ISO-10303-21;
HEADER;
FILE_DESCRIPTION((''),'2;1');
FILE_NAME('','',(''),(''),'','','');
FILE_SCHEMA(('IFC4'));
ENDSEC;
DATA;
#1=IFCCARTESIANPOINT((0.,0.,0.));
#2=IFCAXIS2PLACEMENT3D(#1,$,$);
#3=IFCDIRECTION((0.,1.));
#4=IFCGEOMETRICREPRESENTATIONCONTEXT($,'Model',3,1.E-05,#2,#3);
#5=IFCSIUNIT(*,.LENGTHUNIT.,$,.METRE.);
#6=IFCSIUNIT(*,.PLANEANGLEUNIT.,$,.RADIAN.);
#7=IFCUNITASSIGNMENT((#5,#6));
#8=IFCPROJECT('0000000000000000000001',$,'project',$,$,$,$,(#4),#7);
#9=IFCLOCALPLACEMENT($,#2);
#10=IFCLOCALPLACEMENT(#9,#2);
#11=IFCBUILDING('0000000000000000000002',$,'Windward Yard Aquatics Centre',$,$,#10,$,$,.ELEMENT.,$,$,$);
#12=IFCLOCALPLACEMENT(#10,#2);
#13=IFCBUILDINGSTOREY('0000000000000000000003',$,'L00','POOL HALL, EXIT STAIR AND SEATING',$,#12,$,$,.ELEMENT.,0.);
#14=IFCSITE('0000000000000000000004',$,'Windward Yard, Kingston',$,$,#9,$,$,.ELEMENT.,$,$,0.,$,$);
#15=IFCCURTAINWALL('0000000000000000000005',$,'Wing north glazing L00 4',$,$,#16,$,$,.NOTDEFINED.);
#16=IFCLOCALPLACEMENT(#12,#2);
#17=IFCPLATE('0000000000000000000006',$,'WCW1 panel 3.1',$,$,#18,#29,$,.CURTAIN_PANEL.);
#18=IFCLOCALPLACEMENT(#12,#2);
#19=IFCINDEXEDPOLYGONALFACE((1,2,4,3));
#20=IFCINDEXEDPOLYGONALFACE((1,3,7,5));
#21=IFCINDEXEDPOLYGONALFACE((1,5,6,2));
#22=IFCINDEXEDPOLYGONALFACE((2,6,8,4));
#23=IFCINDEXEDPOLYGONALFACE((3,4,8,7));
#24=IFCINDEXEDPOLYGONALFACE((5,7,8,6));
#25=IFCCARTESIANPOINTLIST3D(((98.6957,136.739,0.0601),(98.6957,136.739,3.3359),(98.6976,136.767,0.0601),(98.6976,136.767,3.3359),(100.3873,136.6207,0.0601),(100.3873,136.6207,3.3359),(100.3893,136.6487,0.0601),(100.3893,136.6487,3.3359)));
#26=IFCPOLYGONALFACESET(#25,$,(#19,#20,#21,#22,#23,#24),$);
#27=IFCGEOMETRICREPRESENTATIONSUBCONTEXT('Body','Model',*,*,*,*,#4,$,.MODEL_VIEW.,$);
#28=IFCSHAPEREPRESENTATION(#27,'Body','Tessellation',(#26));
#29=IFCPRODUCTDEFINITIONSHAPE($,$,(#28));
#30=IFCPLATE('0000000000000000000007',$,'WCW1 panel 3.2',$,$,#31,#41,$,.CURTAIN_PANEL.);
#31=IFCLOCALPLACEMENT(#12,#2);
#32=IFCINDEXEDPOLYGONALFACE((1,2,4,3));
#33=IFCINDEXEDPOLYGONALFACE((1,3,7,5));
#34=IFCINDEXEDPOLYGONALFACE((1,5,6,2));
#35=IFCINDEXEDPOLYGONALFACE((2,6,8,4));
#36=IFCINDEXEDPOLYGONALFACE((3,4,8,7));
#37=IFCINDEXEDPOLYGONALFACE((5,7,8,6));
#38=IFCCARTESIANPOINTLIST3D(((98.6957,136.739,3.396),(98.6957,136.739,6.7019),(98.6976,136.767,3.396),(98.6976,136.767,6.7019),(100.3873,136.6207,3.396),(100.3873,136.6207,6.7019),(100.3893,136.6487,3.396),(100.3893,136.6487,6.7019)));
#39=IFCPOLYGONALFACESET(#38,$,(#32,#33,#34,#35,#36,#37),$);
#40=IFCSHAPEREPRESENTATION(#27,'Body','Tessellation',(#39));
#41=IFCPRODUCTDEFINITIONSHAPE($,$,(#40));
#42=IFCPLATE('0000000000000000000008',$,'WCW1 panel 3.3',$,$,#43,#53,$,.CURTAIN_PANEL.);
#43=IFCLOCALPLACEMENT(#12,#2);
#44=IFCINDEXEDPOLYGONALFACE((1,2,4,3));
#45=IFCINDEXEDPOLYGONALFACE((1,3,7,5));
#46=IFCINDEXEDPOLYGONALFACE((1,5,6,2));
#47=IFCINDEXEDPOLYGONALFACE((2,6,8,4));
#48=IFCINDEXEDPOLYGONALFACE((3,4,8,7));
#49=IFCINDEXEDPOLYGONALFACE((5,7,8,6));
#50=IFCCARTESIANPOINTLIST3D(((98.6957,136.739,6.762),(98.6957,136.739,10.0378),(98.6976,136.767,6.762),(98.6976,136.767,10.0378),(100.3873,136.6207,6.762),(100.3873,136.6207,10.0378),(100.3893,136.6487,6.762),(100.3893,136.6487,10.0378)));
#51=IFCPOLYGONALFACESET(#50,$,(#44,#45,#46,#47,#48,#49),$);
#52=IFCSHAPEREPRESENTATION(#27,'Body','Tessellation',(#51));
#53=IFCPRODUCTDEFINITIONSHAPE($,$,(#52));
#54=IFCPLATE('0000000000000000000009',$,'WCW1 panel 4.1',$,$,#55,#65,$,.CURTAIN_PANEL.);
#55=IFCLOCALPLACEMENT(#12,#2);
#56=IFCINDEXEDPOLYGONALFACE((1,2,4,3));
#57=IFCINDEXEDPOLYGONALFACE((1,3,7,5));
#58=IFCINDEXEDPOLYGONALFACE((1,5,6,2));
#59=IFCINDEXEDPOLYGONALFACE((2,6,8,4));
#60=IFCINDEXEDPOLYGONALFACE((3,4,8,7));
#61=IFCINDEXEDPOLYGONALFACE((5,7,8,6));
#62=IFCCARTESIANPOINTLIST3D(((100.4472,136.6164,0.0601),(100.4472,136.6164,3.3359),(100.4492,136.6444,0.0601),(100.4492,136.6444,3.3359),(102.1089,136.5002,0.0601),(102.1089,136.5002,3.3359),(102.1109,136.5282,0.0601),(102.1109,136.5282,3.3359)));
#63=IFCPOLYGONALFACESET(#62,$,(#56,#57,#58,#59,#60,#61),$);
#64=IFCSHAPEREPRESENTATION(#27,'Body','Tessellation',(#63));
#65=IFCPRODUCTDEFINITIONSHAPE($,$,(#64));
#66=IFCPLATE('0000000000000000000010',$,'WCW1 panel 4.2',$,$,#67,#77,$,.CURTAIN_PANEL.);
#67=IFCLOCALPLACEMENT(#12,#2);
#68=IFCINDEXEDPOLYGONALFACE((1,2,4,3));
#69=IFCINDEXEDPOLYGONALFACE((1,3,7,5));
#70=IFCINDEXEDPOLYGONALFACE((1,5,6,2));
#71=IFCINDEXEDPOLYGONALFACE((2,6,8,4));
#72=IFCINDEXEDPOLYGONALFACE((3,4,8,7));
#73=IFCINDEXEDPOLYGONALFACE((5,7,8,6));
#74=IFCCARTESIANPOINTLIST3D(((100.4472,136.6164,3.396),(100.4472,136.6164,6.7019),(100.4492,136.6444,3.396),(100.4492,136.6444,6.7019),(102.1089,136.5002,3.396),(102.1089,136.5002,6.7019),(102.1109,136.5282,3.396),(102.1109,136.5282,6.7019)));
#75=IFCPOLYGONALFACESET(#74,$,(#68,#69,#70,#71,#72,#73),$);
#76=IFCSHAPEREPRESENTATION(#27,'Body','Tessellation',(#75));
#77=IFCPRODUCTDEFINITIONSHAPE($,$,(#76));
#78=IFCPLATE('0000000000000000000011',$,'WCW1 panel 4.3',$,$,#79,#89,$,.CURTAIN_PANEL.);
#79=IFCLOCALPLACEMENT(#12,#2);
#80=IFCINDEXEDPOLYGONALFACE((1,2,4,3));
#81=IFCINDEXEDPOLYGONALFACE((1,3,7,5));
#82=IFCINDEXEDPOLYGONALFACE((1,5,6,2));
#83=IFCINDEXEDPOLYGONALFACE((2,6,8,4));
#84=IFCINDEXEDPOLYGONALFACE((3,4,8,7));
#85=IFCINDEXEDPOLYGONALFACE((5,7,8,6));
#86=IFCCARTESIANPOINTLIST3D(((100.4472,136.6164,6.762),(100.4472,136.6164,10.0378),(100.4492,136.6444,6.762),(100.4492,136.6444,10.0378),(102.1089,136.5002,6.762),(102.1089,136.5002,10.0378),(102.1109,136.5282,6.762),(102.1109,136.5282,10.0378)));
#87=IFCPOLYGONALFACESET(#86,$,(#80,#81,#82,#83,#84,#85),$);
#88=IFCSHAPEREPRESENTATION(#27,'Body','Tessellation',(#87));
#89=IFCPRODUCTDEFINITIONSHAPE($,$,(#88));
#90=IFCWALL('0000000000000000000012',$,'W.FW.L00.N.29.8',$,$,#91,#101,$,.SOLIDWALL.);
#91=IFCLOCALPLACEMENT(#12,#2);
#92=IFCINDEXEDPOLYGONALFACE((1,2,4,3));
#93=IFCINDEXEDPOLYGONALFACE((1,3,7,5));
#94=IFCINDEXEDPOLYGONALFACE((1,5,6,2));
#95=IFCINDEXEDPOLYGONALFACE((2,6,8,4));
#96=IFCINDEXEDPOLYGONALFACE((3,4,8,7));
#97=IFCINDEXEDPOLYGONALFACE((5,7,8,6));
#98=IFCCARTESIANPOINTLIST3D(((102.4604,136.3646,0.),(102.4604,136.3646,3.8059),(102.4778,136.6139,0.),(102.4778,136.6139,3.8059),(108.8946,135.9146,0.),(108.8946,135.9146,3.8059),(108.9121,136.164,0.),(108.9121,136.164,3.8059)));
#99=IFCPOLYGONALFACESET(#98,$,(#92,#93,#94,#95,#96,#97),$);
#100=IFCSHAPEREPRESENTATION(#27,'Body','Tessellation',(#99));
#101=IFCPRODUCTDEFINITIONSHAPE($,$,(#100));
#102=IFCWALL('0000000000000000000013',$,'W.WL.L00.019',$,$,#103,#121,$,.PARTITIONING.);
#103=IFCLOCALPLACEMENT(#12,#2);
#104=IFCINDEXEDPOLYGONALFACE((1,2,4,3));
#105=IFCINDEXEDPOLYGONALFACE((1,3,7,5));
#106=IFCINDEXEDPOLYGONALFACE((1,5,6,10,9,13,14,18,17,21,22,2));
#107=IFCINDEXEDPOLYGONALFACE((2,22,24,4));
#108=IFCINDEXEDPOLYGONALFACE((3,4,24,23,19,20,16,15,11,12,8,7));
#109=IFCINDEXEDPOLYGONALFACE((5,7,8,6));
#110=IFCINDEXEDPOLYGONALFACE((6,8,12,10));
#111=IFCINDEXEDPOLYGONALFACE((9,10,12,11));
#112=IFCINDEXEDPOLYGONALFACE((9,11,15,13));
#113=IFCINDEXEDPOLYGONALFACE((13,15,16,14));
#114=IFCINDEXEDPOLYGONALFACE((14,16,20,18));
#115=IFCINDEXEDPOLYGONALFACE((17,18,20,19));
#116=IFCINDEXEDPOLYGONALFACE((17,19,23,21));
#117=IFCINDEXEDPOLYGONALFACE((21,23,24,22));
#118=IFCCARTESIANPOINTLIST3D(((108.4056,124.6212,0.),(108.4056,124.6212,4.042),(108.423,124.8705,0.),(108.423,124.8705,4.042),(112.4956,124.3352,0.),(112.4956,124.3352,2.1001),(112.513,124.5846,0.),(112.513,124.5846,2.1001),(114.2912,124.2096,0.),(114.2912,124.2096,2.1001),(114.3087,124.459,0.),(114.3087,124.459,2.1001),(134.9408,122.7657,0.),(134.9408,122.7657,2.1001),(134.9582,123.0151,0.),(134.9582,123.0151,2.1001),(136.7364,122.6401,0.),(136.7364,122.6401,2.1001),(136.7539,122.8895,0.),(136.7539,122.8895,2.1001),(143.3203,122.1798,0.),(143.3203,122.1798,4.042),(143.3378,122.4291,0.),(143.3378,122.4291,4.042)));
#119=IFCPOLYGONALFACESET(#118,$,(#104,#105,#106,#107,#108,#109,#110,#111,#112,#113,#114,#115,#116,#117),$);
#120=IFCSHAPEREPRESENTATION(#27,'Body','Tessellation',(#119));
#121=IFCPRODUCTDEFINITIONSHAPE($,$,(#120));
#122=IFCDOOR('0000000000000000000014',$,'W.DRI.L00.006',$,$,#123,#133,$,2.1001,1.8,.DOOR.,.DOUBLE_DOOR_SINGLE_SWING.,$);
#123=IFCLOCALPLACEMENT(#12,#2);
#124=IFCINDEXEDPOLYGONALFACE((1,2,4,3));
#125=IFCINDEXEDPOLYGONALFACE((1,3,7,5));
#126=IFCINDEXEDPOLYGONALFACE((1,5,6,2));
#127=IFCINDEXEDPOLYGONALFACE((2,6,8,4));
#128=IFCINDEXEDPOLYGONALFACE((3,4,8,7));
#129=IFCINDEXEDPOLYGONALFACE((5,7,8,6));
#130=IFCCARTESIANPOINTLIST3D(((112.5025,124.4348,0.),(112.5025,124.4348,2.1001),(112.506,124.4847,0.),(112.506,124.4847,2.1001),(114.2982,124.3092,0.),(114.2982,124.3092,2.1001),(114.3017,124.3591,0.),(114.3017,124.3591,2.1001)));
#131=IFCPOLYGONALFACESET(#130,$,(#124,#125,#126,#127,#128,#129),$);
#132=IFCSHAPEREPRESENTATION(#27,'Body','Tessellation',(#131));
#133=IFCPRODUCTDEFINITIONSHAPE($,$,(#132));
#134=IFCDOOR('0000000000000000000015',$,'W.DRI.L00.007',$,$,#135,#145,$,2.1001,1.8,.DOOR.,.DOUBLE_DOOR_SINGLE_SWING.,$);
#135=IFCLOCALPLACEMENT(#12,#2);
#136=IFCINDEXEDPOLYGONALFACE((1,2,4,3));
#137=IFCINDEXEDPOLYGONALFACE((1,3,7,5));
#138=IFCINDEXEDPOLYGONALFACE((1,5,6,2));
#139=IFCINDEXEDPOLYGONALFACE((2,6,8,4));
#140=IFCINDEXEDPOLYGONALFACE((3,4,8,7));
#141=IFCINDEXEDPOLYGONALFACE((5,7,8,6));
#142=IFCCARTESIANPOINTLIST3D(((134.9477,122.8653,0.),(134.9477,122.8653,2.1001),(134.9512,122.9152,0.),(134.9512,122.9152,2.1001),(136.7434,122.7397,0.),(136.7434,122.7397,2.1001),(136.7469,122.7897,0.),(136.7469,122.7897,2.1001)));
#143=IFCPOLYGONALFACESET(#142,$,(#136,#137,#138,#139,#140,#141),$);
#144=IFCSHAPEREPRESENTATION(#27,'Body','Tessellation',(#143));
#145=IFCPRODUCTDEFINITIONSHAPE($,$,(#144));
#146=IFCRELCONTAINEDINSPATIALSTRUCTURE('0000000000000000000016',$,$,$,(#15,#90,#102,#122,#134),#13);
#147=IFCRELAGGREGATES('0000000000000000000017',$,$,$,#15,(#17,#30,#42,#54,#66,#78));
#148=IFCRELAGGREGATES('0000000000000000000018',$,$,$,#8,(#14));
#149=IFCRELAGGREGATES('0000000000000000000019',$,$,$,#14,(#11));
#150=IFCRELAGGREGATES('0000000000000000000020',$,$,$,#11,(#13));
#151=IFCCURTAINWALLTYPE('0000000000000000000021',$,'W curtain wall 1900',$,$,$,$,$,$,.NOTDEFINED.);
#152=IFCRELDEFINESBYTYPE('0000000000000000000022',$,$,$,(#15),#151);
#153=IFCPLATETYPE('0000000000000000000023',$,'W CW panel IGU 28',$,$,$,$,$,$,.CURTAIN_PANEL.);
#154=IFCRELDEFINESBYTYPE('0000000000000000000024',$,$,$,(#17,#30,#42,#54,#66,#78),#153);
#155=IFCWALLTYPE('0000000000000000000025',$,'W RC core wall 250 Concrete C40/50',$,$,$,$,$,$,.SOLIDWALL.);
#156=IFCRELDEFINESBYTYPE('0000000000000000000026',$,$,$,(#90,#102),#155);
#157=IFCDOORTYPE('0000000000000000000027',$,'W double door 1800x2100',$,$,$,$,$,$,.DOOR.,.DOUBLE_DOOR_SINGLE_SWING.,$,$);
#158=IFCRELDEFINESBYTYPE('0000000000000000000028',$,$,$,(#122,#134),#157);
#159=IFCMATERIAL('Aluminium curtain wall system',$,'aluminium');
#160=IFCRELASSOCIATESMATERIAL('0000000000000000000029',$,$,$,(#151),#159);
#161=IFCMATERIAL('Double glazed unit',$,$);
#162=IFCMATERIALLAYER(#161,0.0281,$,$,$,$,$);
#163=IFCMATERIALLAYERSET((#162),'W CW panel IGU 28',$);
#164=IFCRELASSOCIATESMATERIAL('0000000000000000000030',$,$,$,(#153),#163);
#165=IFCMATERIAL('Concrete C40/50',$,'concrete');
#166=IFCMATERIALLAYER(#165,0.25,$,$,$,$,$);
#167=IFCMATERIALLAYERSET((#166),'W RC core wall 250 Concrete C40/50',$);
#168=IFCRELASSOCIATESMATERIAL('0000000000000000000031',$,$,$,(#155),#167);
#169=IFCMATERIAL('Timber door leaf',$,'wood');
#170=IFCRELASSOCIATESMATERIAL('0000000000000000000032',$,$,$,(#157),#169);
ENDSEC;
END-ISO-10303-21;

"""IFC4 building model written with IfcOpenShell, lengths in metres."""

from ifc_helpers import new_model, si_unit, direction, frame, frame_2d, origin, origin_2d, place, context, subcontext, project, spatial, rectangle, extrude, material, layer, layer_set, type_object, element, fill, aggregate, save


model = new_model("IFC4")

# Units and contexts
model_context = context("Model", 3, precision=1e-05, world=origin(), true_north=direction((0.0, 1.0)))
body_context = subcontext(model_context, "Body", "Model", "MODEL_VIEW")
ifc_project = project(units=[si_unit("LENGTHUNIT", "METRE"), si_unit("PLANEANGLEUNIT", "RADIAN")], contexts=[model_context])

# Site, building, storey
site_placement = place(None, origin())
site = spatial("IfcSite", under=ifc_project, at=site_placement, Name="Windward Yard, Kingston", CompositionType="ELEMENT", RefElevation=0.0)
building_placement = place(site_placement, origin())
building = spatial("IfcBuilding", under=site, at=building_placement, Name="Windward Yard Aquatics Centre", CompositionType="ELEMENT")
storey_placement = place(building_placement, origin())
storey = spatial("IfcBuildingStorey", under=building, at=storey_placement, Name="L00", Description="POOL HALL, EXIT STAIR AND SEATING", CompositionType="ELEMENT", Elevation=0.0)

# Curtain wall
ifc_material_1 = material(Name="Aluminium curtain wall system", Category="aluminium")
curtain_wall_type = type_object("IfcCurtainWallType", Name="W curtain wall 1900", PredefinedType="NOTDEFINED", material=ifc_material_1)
curtain_wall_placement = place(storey_placement, origin())
curtain_wall = element("IfcCurtainWall", 1, at=curtain_wall_placement, inside=storey, type_object=curtain_wall_type, Name="Wing north glazing L00 4", PredefinedType="NOTDEFINED")

# Plates
ifc_material_2 = material(Name="Double glazed unit")
ifc_layer_1 = layer(ifc_material_2, 0.0281)
ifc_layer_set_1 = layer_set([ifc_layer_1], Name="W CW panel IGU 28")
plate_type = type_object("IfcPlateType", Name="W CW panel IGU 28", PredefinedType="CURTAIN_PANEL", material=ifc_layer_set_1)
plate_1_placement = place(storey_placement, frame((99.5425, 136.6938, 0.0601), z_axis=(0.0, 0.0, 1.0), x_axis=(0.997564, -0.069756, 0.0)))
plate_1 = element("IfcPlate", 2, at=plate_1_placement, type_object=plate_type, Name="WCW1 panel 3.1", PredefinedType="CURTAIN_PANEL", context=body_context, shape_type="SweptSolid", body=[
    extrude(rectangle(XDim=1.6958, YDim=0.0281, at=origin_2d()), origin(), (0.0, 0.0, 1.0), 3.2759),
])
plate_2_placement = place(storey_placement, frame((99.5425, 136.6938, 3.396), z_axis=(0.0, 0.0, 1.0), x_axis=(0.997564, -0.069756, 0.0)))
plate_2 = element("IfcPlate", 3, at=plate_2_placement, type_object=plate_type, Name="WCW1 panel 3.2", PredefinedType="CURTAIN_PANEL", context=body_context, shape_type="SweptSolid", body=[
    extrude(rectangle(XDim=1.6958, YDim=0.0281, at=origin_2d()), origin(), (0.0, 0.0, 1.0), 3.3059),
])
plate_3_placement = place(storey_placement, frame((99.5425, 136.6938, 6.762), z_axis=(0.0, 0.0, 1.0), x_axis=(0.997564, -0.069756, 0.0)))
plate_3 = element("IfcPlate", 4, at=plate_3_placement, type_object=plate_type, Name="WCW1 panel 3.3", PredefinedType="CURTAIN_PANEL", context=body_context, shape_type="SweptSolid", body=[
    extrude(rectangle(XDim=1.6958, YDim=0.0281, at=origin_2d()), origin(), (0.0, 0.0, 1.0), 3.2759),
])
plate_4_placement = place(storey_placement, frame((101.2791, 136.5723, 0.0601), z_axis=(0.0, 0.0, 1.0), x_axis=(0.997564, -0.069756, 0.0)))
plate_4 = element("IfcPlate", 5, at=plate_4_placement, type_object=plate_type, Name="WCW1 panel 4.1", PredefinedType="CURTAIN_PANEL", context=body_context, shape_type="SweptSolid", body=[
    extrude(rectangle(XDim=1.6658, YDim=0.0281, at=origin_2d()), origin(), (0.0, 0.0, 1.0), 3.2759),
])
plate_5_placement = place(storey_placement, frame((101.2791, 136.5723, 3.396), z_axis=(0.0, 0.0, 1.0), x_axis=(0.997564, -0.069756, 0.0)))
plate_5 = element("IfcPlate", 6, at=plate_5_placement, type_object=plate_type, Name="WCW1 panel 4.2", PredefinedType="CURTAIN_PANEL", context=body_context, shape_type="SweptSolid", body=[
    extrude(rectangle(XDim=1.6658, YDim=0.0281, at=origin_2d()), origin(), (0.0, 0.0, 1.0), 3.3059),
])
plate_6_placement = place(storey_placement, frame((101.2791, 136.5723, 6.762), z_axis=(0.0, 0.0, 1.0), x_axis=(0.997564, -0.069756, 0.0)))
plate_6 = element("IfcPlate", 7, at=plate_6_placement, type_object=plate_type, Name="WCW1 panel 4.3", PredefinedType="CURTAIN_PANEL", context=body_context, shape_type="SweptSolid", body=[
    extrude(rectangle(XDim=1.6658, YDim=0.0281, at=origin_2d()), origin(), (0.0, 0.0, 1.0), 3.2759),
])
aggregate(curtain_wall, [plate_1, plate_2, plate_3, plate_4, plate_5, plate_6])

# Wall
ifc_material_3 = material(Name="Concrete C40/50", Category="concrete")
ifc_layer_2 = layer(ifc_material_3, 0.25)
ifc_layer_set_2 = layer_set([ifc_layer_2], Name="W RC core wall 250 Concrete C40/50")
wall_type = type_object("IfcWallType", Name="W RC core wall 250 Concrete C40/50", PredefinedType="SOLIDWALL", material=ifc_layer_set_2)
wall_1_placement = place(storey_placement, frame((102.469, 136.4893, 0.0), z_axis=(0.0, 0.0, 1.0), x_axis=(0.997564, -0.069759, 0.0)))
element("IfcWall", 8, at=wall_1_placement, inside=storey, type_object=wall_type, Name="W.FW.L00.N.29.8", PredefinedType="SOLIDWALL", context=body_context, shape_type="SweptSolid", body=[
    extrude(rectangle(XDim=6.45, YDim=0.25, at=frame_2d((3.2251, 0.0))), origin(), (0.0, 0.0, 1.0), 3.8059),
])

# Wall, openings, doors
wall_2_placement = place(storey_placement, frame((108.4143, 124.7458, 0.0), z_axis=(0.0, 0.0, 1.0), x_axis=(0.997564, -0.069754, 0.0)))
wall_2 = element("IfcWall", 9, at=wall_2_placement, inside=storey, type_object=wall_type, Name="W.WL.L00.019", PredefinedType="PARTITIONING", context=body_context, shape_type="SweptSolid", body=[
    extrude(rectangle(XDim=35.0, YDim=0.25, at=frame_2d((17.5, 0.0))), origin(), (0.0, 0.0, 1.0), 4.042),
])
opening_1_placement = place(wall_2_placement, frame((4.1001, 0.0, 0.0)))
opening_1 = element("IfcOpeningElement", 10, at=opening_1_placement, cuts=wall_2, PredefinedType="OPENING", context=body_context, shape_type="SweptSolid", body=[
    extrude(rectangle(XDim=1.8, YDim=2.1001, at=frame_2d((0.8999, 1.05))), frame((0.0, 0.135, 0.0), z_axis=(0.0, -1.0, 0.0), x_axis=(1.0, 0.0, 0.0)), (0.0, 0.0, 1.0), 0.27),
])
opening_2_placement = place(wall_2_placement, frame((26.6001, 0.0, 0.0)))
opening_2 = element("IfcOpeningElement", 11, at=opening_2_placement, cuts=wall_2, PredefinedType="OPENING", context=body_context, shape_type="SweptSolid", body=[
    extrude(rectangle(XDim=1.8, YDim=2.1001, at=frame_2d((0.8999, 1.05))), frame((0.0, 0.135, 0.0), z_axis=(0.0, -1.0, 0.0), x_axis=(1.0, 0.0, 0.0)), (0.0, 0.0, 1.0), 0.27),
])
ifc_material_4 = material(Name="Timber door leaf", Category="wood")
door_type = type_object("IfcDoorType", Name="W double door 1800x2100", OperationType="DOUBLE_DOOR_SINGLE_SWING", PredefinedType="DOOR", material=ifc_material_4)
door_1_placement = place(opening_1_placement, origin())
door_1 = element("IfcDoor", 12, at=door_1_placement, inside=storey, type_object=door_type, Name="W.DRI.L00.006", OperationType="DOUBLE_DOOR_SINGLE_SWING", OverallHeight=2.1001, OverallWidth=1.8, PredefinedType="DOOR", context=body_context, shape_type="SweptSolid", body=[
    extrude(rectangle(XDim=1.8, YDim=2.1001, at=frame_2d((0.8999, 1.05))), frame((0.0, 0.0249, 0.0), z_axis=(0.0, -1.0, 0.0), x_axis=(1.0, 0.0, 0.0)), (0.0, 0.0, 1.0), 0.05),
])
fill(opening_1, door_1)
door_2_placement = place(opening_2_placement, origin())
door_2 = element("IfcDoor", 13, at=door_2_placement, inside=storey, type_object=door_type, Name="W.DRI.L00.007", OperationType="DOUBLE_DOOR_SINGLE_SWING", OverallHeight=2.1001, OverallWidth=1.8, PredefinedType="DOOR", context=body_context, shape_type="SweptSolid", body=[
    extrude(rectangle(XDim=1.8, YDim=2.1001, at=frame_2d((0.8999, 1.05))), frame((0.0, 0.0249, 0.0), z_axis=(0.0, -1.0, 0.0), x_axis=(1.0, 0.0, 0.0)), (0.0, 0.0, 1.0), 0.05),
])
fill(opening_2, door_2)

save(model, "model.ifc")
